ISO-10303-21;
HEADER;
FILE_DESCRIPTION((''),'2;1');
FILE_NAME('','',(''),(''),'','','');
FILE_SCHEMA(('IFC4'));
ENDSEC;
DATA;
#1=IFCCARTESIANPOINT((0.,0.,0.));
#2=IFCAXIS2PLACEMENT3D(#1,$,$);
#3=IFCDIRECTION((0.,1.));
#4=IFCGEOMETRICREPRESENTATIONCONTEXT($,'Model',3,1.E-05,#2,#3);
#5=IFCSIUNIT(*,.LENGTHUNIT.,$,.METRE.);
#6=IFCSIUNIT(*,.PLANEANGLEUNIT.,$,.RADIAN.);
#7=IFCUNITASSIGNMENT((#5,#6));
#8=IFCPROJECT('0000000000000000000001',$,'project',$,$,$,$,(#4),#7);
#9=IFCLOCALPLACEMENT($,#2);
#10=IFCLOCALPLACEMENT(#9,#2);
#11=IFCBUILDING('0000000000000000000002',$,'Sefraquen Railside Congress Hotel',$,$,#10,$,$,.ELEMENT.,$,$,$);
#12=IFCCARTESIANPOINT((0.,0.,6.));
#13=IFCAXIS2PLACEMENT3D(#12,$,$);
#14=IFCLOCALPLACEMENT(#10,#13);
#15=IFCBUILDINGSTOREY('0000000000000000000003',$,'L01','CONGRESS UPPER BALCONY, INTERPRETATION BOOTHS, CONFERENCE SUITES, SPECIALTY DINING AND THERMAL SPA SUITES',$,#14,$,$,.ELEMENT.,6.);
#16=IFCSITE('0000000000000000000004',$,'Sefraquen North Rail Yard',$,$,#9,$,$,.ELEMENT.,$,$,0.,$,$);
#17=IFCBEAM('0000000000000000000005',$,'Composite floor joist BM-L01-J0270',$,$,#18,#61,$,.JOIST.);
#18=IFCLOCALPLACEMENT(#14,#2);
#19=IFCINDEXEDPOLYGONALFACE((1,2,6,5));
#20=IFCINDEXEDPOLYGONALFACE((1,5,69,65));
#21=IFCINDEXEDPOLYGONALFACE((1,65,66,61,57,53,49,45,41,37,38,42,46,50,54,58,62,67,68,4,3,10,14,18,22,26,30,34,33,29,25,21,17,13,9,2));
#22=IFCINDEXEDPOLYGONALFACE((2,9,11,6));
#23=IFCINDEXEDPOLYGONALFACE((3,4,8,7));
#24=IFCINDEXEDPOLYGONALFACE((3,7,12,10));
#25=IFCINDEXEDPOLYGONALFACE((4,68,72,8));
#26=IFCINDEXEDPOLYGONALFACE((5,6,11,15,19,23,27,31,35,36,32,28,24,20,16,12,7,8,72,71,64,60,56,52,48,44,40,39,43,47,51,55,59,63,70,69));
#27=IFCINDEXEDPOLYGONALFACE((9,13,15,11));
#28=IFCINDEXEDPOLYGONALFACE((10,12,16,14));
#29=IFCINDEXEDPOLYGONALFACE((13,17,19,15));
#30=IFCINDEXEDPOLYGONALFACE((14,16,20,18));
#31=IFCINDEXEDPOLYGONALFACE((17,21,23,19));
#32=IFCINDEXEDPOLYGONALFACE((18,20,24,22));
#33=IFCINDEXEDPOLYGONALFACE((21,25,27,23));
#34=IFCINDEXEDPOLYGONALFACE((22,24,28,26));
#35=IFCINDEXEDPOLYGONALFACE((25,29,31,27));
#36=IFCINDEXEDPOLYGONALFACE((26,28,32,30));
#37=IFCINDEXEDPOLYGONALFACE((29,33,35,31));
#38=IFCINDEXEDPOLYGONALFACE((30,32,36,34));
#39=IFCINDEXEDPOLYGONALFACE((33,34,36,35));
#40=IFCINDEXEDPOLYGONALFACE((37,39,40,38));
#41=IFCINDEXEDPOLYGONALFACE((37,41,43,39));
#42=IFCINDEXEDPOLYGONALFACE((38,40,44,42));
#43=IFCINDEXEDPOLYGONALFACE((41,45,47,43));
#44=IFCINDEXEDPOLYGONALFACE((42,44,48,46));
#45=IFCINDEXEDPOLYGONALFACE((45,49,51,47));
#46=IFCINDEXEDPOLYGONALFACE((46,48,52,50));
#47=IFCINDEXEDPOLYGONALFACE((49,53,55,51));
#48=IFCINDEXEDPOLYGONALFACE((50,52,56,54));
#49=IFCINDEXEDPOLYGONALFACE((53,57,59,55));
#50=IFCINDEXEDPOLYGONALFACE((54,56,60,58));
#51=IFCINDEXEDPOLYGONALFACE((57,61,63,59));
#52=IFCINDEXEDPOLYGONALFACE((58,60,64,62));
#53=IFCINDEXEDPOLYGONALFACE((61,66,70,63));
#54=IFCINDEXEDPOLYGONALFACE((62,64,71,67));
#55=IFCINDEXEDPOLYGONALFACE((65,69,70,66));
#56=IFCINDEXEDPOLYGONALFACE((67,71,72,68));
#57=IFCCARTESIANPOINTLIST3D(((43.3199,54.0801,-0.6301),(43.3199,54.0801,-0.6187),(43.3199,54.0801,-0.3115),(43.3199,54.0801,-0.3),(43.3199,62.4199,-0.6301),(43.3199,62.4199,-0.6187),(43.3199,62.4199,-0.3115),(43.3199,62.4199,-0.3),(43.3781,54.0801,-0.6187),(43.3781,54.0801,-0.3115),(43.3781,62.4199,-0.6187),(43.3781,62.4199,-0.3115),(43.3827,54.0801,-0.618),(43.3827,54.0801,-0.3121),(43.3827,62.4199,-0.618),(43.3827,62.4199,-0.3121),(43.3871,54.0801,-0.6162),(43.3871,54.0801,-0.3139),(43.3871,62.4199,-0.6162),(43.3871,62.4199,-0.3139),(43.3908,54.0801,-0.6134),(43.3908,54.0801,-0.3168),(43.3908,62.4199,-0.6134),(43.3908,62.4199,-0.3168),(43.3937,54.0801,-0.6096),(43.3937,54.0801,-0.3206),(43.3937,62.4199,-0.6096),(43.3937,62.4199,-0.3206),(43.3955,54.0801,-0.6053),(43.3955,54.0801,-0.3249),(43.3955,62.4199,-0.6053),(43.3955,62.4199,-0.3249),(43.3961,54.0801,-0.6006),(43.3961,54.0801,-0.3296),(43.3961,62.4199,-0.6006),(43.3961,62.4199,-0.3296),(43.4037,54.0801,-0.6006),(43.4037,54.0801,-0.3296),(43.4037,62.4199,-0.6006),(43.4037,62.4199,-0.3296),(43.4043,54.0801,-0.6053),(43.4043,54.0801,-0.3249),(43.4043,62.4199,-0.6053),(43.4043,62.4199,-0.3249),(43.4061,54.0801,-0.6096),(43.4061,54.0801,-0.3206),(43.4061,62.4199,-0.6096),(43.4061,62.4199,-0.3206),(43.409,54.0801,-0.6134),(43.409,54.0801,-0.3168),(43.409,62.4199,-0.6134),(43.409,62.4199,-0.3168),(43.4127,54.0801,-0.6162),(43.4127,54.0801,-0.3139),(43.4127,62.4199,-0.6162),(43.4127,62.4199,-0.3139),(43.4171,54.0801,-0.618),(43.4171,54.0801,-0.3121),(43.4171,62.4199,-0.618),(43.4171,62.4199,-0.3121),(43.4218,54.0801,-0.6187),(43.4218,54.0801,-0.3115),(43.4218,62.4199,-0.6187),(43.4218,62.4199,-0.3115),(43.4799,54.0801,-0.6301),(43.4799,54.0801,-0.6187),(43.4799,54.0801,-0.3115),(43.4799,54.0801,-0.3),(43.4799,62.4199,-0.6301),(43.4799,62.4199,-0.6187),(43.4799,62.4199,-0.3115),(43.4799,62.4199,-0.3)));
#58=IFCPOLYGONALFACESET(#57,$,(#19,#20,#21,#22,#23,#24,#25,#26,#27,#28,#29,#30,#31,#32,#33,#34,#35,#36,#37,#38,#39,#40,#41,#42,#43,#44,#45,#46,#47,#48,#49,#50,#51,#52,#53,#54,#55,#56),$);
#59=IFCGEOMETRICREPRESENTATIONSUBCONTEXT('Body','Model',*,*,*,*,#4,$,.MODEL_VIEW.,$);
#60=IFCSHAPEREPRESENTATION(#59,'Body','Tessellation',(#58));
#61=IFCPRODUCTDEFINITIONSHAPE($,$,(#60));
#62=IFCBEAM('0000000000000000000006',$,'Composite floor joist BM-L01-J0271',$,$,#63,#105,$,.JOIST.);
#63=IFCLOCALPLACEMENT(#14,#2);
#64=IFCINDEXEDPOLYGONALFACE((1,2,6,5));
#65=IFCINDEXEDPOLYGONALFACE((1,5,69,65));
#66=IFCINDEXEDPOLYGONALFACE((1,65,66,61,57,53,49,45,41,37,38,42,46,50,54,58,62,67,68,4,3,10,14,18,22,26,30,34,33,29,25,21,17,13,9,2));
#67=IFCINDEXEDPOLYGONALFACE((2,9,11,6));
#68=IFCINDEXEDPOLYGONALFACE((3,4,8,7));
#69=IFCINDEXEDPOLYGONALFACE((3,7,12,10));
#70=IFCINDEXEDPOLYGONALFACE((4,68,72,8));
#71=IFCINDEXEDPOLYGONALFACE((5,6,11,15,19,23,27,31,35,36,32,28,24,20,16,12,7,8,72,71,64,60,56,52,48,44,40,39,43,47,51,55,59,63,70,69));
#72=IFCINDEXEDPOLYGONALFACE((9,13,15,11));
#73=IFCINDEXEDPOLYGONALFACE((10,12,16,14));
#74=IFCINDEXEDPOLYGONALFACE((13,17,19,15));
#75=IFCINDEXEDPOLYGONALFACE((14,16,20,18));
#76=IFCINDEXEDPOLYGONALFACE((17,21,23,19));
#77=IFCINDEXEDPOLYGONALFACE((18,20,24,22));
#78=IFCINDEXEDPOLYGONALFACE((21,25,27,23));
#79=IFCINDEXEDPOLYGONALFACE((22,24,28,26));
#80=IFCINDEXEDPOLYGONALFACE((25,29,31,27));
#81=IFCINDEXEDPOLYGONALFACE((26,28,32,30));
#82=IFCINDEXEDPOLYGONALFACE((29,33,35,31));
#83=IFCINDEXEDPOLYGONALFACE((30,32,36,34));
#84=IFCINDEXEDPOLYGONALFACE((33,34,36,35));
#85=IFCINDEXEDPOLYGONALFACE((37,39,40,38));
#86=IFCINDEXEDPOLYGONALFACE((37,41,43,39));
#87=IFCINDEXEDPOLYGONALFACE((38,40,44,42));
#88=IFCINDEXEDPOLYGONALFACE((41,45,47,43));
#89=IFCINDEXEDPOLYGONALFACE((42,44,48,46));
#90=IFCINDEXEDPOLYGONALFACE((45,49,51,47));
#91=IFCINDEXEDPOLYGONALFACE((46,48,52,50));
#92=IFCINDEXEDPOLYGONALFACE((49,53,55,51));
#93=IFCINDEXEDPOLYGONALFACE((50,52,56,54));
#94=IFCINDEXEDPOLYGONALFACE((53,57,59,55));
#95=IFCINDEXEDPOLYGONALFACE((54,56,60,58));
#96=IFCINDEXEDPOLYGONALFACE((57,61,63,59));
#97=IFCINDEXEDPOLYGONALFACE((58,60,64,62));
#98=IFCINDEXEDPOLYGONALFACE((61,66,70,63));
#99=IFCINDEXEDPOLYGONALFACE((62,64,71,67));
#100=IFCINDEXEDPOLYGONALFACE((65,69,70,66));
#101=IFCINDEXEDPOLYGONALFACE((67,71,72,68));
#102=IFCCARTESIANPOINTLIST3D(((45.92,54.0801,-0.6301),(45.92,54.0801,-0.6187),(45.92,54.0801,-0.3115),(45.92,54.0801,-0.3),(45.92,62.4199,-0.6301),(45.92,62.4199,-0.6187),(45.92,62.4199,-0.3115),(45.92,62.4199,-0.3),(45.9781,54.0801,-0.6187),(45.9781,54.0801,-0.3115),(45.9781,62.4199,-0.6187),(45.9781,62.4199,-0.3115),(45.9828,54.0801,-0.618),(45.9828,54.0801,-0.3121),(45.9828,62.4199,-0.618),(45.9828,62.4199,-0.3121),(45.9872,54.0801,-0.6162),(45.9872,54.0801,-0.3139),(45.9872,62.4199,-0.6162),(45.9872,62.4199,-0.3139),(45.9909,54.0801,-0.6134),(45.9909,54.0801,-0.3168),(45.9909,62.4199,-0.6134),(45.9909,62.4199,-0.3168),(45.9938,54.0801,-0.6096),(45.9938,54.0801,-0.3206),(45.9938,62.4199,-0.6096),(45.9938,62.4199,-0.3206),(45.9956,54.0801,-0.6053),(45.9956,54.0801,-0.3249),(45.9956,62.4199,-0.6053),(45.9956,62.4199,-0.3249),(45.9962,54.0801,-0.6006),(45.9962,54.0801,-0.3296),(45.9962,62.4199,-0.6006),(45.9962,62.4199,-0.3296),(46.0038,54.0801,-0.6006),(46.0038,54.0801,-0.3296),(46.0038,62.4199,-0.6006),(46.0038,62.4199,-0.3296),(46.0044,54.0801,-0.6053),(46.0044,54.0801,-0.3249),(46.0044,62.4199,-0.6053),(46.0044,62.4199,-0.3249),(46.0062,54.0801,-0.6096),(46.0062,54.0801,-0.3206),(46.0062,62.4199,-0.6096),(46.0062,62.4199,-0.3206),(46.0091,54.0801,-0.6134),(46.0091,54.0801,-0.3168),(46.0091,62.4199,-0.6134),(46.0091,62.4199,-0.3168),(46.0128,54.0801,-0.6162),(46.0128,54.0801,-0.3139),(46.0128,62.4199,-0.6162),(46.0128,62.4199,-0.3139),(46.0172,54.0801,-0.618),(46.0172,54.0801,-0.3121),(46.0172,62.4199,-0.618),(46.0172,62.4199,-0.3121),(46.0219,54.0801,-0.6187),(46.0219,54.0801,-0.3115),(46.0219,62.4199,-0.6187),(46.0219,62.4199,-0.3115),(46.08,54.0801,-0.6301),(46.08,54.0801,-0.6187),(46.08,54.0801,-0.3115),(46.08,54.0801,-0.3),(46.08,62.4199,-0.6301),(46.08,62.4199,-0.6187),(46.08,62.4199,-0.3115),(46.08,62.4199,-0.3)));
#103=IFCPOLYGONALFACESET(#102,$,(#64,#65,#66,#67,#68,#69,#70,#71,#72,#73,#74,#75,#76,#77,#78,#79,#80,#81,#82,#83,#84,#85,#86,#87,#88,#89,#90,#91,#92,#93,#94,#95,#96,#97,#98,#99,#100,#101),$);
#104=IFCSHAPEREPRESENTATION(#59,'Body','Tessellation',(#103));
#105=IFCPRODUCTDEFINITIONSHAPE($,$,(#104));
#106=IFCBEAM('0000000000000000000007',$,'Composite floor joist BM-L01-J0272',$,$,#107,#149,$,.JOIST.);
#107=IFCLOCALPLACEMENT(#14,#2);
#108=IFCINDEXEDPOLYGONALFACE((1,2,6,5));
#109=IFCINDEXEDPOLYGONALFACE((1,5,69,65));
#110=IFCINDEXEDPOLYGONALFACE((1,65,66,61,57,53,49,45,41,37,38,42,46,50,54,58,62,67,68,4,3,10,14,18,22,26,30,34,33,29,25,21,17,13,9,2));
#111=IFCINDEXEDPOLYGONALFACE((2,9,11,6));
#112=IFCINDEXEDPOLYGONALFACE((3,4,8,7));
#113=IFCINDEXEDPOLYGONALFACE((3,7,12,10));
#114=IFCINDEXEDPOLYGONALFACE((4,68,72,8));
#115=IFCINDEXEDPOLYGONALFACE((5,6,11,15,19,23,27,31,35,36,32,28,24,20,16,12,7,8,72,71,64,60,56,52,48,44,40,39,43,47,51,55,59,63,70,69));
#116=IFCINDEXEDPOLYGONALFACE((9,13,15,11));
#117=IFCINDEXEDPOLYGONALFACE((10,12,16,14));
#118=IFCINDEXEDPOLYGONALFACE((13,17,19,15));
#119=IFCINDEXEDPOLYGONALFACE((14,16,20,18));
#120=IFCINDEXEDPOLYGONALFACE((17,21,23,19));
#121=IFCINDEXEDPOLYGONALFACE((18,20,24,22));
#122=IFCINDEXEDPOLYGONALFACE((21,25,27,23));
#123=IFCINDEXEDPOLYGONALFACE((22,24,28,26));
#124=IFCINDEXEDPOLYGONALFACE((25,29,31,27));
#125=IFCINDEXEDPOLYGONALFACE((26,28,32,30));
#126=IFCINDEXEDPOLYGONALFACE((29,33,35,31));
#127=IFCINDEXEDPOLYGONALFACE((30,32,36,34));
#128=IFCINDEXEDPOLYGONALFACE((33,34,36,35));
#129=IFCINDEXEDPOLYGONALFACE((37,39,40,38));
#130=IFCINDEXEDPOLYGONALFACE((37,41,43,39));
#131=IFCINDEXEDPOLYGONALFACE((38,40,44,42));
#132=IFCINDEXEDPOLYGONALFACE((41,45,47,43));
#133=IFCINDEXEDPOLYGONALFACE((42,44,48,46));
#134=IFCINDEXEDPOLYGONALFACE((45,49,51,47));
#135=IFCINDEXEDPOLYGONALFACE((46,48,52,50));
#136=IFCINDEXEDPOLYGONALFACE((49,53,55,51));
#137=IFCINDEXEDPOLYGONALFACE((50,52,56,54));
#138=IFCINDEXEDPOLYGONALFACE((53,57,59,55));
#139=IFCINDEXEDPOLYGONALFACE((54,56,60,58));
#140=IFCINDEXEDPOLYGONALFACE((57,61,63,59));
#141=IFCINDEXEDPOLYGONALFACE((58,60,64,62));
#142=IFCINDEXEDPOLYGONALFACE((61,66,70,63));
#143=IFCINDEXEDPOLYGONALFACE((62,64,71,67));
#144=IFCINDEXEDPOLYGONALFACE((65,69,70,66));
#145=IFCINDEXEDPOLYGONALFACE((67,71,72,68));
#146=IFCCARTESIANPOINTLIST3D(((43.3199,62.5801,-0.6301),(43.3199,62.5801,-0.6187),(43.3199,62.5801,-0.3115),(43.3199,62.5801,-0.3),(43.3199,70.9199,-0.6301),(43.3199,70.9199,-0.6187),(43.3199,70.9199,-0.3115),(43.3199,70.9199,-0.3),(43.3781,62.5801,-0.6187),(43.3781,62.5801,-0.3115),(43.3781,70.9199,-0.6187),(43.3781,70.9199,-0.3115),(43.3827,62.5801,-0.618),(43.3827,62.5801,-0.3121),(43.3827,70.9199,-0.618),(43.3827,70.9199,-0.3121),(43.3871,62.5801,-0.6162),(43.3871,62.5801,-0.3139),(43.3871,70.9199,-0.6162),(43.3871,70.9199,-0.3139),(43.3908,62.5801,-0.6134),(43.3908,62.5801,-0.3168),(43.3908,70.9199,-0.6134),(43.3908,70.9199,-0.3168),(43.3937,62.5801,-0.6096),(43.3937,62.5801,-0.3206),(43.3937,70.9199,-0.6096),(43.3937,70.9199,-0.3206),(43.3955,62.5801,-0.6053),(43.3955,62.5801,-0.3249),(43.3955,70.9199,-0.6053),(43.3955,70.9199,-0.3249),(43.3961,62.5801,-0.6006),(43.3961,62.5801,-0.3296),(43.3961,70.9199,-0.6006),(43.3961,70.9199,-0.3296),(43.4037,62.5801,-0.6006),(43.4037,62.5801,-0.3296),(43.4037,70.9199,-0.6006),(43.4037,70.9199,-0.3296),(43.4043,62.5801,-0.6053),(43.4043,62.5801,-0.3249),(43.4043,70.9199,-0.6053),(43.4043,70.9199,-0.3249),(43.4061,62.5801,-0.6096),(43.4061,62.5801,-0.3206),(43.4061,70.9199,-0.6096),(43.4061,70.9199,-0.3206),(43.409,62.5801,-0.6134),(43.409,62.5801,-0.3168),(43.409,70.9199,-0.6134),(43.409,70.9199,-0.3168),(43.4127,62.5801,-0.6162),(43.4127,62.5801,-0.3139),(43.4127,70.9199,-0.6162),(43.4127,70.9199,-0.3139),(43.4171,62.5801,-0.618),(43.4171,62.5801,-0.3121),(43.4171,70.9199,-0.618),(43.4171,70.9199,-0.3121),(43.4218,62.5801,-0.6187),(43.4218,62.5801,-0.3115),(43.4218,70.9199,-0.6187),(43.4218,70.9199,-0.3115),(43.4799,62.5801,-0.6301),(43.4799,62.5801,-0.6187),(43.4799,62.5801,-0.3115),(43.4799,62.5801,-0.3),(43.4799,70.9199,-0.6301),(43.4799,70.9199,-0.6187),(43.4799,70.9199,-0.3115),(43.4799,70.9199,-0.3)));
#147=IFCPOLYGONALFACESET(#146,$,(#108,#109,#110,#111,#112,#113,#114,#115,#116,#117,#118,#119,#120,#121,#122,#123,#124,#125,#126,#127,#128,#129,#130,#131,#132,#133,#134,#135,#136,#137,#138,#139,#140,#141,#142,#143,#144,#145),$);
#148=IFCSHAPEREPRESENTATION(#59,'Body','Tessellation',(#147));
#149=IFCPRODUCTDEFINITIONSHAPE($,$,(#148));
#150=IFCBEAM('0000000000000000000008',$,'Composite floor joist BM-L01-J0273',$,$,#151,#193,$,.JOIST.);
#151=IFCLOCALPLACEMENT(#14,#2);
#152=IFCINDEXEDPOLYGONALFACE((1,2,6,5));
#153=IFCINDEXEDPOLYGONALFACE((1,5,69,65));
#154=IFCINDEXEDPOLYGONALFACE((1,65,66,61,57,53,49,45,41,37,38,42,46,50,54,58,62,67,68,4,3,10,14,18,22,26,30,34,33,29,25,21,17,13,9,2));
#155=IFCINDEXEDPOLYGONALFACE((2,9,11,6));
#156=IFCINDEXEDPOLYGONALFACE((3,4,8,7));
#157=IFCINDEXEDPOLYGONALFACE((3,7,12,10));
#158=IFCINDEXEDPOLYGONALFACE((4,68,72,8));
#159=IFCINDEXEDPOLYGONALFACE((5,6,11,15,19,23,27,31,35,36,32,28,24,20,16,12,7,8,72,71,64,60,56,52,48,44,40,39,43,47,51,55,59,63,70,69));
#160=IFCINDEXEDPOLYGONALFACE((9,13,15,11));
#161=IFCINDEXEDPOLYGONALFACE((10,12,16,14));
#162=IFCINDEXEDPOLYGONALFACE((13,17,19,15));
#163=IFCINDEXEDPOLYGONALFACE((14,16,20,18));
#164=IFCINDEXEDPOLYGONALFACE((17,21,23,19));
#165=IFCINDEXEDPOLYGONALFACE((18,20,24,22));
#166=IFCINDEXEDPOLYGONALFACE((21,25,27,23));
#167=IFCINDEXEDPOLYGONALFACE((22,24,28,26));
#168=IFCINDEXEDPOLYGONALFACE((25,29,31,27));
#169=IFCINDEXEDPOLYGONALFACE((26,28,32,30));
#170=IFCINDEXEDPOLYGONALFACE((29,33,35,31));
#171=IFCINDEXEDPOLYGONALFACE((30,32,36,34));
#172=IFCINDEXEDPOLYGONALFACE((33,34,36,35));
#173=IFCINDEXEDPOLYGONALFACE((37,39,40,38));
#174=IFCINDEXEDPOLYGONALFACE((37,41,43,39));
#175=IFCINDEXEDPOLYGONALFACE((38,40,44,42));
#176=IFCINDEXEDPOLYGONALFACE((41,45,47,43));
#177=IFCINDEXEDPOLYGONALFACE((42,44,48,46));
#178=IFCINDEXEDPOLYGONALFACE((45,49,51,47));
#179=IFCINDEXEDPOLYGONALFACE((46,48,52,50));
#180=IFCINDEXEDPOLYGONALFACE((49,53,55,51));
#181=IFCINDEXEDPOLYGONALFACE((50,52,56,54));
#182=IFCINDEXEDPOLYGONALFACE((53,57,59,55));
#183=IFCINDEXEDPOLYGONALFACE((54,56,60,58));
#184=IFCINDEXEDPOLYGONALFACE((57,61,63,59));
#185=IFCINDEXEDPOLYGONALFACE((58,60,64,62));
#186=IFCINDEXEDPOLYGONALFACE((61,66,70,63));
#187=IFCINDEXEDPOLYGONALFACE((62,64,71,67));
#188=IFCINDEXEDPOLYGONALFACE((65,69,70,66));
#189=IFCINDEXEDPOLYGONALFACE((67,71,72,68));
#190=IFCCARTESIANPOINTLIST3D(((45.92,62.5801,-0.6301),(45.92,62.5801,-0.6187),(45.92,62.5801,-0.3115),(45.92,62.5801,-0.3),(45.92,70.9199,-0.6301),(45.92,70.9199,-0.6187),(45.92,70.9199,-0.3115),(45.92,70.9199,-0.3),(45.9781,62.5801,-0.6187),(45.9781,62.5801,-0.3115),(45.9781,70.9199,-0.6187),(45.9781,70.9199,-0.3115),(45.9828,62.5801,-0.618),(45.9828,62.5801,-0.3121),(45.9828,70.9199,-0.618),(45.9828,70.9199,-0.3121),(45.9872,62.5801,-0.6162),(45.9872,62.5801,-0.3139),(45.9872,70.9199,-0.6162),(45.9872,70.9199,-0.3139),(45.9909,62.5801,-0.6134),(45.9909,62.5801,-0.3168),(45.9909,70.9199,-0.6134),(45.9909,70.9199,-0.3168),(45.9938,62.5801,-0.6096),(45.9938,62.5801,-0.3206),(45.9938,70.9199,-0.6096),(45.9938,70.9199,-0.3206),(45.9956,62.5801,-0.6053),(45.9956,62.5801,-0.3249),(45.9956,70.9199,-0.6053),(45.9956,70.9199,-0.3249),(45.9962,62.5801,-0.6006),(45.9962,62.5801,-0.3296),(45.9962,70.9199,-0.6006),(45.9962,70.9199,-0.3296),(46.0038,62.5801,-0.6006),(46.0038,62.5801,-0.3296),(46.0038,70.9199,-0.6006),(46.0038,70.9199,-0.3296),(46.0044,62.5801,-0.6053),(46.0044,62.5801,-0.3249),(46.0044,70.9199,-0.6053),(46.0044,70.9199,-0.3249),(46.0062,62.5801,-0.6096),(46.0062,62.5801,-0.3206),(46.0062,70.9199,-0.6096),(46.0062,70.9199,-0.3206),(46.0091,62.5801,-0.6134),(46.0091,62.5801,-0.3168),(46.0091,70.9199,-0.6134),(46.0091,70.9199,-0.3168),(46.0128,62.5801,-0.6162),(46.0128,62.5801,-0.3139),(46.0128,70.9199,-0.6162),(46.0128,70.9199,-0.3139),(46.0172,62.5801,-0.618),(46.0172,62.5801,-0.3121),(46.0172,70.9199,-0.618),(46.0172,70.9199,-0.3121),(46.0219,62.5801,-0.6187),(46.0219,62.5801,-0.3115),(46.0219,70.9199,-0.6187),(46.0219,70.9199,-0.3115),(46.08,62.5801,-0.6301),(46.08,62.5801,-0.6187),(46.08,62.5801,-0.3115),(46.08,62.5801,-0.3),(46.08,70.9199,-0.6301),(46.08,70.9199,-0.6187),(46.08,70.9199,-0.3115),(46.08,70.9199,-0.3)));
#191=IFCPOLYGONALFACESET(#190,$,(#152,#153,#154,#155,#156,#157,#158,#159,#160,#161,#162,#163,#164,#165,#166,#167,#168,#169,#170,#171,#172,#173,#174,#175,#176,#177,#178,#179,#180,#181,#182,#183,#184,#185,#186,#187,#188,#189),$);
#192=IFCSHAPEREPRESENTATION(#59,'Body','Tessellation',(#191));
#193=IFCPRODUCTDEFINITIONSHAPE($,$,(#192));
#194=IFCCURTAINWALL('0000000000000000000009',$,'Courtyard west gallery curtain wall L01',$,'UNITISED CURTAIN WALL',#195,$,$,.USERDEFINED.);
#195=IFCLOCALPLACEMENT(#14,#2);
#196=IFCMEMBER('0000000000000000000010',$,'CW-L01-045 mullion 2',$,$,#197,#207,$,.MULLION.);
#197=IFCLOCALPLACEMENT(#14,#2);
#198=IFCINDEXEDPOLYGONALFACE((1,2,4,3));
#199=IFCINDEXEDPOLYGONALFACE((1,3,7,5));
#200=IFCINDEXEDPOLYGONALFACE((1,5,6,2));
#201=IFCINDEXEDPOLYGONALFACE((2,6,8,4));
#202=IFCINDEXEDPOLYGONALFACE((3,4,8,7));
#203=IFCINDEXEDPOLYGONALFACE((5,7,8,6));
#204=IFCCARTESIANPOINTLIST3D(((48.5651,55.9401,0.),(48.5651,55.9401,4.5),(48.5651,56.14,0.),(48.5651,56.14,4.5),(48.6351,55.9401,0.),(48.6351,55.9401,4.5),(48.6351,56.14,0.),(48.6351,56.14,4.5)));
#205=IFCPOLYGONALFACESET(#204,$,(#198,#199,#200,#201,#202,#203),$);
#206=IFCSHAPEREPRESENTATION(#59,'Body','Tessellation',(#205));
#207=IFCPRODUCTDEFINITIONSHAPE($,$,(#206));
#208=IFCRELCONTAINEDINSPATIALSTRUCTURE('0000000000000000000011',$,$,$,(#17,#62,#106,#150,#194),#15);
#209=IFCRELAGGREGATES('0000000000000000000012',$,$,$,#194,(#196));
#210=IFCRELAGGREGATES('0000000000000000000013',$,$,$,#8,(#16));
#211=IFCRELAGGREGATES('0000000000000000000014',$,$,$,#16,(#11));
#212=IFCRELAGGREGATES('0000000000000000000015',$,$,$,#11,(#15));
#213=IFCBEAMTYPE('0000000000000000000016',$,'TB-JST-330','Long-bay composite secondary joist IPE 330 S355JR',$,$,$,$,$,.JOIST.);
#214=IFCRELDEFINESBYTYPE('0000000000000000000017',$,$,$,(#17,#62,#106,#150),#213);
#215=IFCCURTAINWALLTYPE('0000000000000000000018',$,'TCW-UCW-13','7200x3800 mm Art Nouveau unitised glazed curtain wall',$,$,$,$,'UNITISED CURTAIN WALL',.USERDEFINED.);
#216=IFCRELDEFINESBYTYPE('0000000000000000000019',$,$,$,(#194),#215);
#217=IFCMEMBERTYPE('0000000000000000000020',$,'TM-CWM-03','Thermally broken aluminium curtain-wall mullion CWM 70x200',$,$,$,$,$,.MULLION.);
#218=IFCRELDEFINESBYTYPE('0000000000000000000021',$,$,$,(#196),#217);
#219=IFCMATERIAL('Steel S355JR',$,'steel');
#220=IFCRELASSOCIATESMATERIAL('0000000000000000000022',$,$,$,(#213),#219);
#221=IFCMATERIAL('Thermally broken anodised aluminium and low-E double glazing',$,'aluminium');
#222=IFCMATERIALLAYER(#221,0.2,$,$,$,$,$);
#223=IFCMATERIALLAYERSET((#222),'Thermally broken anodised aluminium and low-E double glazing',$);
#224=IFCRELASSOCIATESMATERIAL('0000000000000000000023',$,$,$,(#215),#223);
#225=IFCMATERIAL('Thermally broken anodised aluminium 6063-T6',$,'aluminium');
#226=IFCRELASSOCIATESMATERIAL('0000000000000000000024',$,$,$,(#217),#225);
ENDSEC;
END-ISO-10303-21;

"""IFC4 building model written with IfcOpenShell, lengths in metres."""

from ifc_helpers import new_model, si_unit, direction, frame, origin, origin_2d, place, context, subcontext, project, spatial, rectangle, i_section, extrude, material, layer, layer_set, material_profile, profile_set, type_object, element, aggregate, save


model = new_model("IFC4")

# Units and contexts
model_context = context("Model", 3, precision=1e-05, world=origin(), true_north=direction((0.0, 1.0)))
body_context = subcontext(model_context, "Body", "Model", "MODEL_VIEW")
ifc_project = project(units=[si_unit("LENGTHUNIT", "METRE"), si_unit("PLANEANGLEUNIT", "RADIAN")], contexts=[model_context])

# Site, building, storey
site_placement = place(None, origin())
site = spatial("IfcSite", under=ifc_project, at=site_placement, Name="Sefraquen North Rail Yard", CompositionType="ELEMENT", RefElevation=0.0)
building_placement = place(site_placement, origin())
building = spatial("IfcBuilding", under=site, at=building_placement, Name="Sefraquen Railside Congress Hotel", CompositionType="ELEMENT")
storey_placement = place(building_placement, frame((0.0, 0.0, 6.0)))
storey = spatial("IfcBuildingStorey", under=building, at=storey_placement, Name="L01", Description="CONGRESS UPPER BALCONY, INTERPRETATION BOOTHS, CONFERENCE SUITES, SPECIALTY DINING AND THERMAL SPA SUITES", CompositionType="ELEMENT", Elevation=6.0)

# Shared definitions
ifc_material_1 = material(Name="Steel S355JR", Category="steel")

# Beams
ifc_material_profile_1 = material_profile(ifc_material_1, i_section(OverallWidth=0.1599, OverallDepth=0.3301, WebThickness=0.0076, FlangeThickness=0.0115, FilletRadius=0.0181, at=origin_2d()), Name="IPE 330")
ifc_profile_set_1 = profile_set([ifc_material_profile_1], Name="Steel S355JR")
beam_type_1 = type_object("IfcBeamType", Name="TB-JST-330", Description="Long-bay composite secondary joist IPE 330 S355JR", PredefinedType="JOIST", material=ifc_profile_set_1)
for number, where, z_axis, x_axis, name in (
    (1, (43.3999, 54.0801, -0.4651), (0.0, 1.0, 0.0), (-1.0, 0.0, 0.0), "Composite floor joist BM-L01-J0270"),
    (2, (46.0, 54.0801, -0.4651), (0.0, 1.0, 0.0), (-1.0, 0.0, 0.0), "Composite floor joist BM-L01-J0271"),
    (3, (43.3999, 62.5801, -0.4651), (0.0, 1.0, 0.0), (-1.0, 0.0, 0.0), "Composite floor joist BM-L01-J0272"),
    (4, (46.0, 62.5801, -0.4651), (0.0, 1.0, 0.0), (-1.0, 0.0, 0.0), "Composite floor joist BM-L01-J0273"),
):
    element("IfcBeam", number, at=place(storey_placement, frame(where, z_axis=z_axis, x_axis=x_axis)), inside=storey, type_object=beam_type_1, Name=name, PredefinedType="JOIST", context=body_context, shape_type="SweptSolid", body=[
        extrude(i_section(OverallWidth=0.1599, OverallDepth=0.3301, WebThickness=0.0076, FlangeThickness=0.0115, FilletRadius=0.0181, at=origin_2d()), origin(), (0.0, 0.0, 1.0), 8.3398),
    ])

# Curtain wall, member
ifc_material_2 = material(Name="Thermally broken anodised aluminium and low-E double glazing", Category="aluminium")
ifc_layer_1 = layer(ifc_material_2, 0.2)
ifc_layer_set_1 = layer_set([ifc_layer_1], Name="Thermally broken anodised aluminium and low-E double glazing")
curtain_wall_type = type_object("IfcCurtainWallType", Name="TCW-UCW-13", Description="7200x3800 mm Art Nouveau unitised glazed curtain wall", ElementType="UNITISED CURTAIN WALL", PredefinedType="USERDEFINED", material=ifc_layer_set_1)
curtain_wall_1_placement = place(storey_placement, origin())
curtain_wall_1 = element("IfcCurtainWall", 5, at=curtain_wall_1_placement, inside=storey, type_object=curtain_wall_type, Name="Courtyard west gallery curtain wall L01", ObjectType="UNITISED CURTAIN WALL", PredefinedType="USERDEFINED")
ifc_material_3 = material(Name="Thermally broken anodised aluminium 6063-T6", Category="aluminium")
ifc_material_profile_2 = material_profile(ifc_material_3, rectangle(XDim=0.0701, YDim=0.2, at=origin_2d()), Name="CWM 70x200")
ifc_profile_set_2 = profile_set([ifc_material_profile_2], Name="Thermally broken anodised aluminium 6063-T6")
member_type_1 = type_object("IfcMemberType", Name="TM-CWM-03", Description="Thermally broken aluminium curtain-wall mullion CWM 70x200", PredefinedType="MULLION", material=ifc_profile_set_2)
member_1_placement = place(storey_placement, frame((48.6001, 56.04, 0.0), z_axis=(0.0, 0.0, 1.0), x_axis=(1.0, 0.0, 0.0)))
member_1 = element("IfcMember", 6, at=member_1_placement, type_object=member_type_1, Name="CW-L01-045 mullion 2", PredefinedType="MULLION", context=body_context, shape_type="SweptSolid", body=[
    extrude(rectangle(XDim=0.0701, YDim=0.2, at=origin_2d()), origin(), (0.0, 0.0, 1.0), 4.5),
])

aggregate(curtain_wall_1, [member_1])

save(model, "model.ifc")
